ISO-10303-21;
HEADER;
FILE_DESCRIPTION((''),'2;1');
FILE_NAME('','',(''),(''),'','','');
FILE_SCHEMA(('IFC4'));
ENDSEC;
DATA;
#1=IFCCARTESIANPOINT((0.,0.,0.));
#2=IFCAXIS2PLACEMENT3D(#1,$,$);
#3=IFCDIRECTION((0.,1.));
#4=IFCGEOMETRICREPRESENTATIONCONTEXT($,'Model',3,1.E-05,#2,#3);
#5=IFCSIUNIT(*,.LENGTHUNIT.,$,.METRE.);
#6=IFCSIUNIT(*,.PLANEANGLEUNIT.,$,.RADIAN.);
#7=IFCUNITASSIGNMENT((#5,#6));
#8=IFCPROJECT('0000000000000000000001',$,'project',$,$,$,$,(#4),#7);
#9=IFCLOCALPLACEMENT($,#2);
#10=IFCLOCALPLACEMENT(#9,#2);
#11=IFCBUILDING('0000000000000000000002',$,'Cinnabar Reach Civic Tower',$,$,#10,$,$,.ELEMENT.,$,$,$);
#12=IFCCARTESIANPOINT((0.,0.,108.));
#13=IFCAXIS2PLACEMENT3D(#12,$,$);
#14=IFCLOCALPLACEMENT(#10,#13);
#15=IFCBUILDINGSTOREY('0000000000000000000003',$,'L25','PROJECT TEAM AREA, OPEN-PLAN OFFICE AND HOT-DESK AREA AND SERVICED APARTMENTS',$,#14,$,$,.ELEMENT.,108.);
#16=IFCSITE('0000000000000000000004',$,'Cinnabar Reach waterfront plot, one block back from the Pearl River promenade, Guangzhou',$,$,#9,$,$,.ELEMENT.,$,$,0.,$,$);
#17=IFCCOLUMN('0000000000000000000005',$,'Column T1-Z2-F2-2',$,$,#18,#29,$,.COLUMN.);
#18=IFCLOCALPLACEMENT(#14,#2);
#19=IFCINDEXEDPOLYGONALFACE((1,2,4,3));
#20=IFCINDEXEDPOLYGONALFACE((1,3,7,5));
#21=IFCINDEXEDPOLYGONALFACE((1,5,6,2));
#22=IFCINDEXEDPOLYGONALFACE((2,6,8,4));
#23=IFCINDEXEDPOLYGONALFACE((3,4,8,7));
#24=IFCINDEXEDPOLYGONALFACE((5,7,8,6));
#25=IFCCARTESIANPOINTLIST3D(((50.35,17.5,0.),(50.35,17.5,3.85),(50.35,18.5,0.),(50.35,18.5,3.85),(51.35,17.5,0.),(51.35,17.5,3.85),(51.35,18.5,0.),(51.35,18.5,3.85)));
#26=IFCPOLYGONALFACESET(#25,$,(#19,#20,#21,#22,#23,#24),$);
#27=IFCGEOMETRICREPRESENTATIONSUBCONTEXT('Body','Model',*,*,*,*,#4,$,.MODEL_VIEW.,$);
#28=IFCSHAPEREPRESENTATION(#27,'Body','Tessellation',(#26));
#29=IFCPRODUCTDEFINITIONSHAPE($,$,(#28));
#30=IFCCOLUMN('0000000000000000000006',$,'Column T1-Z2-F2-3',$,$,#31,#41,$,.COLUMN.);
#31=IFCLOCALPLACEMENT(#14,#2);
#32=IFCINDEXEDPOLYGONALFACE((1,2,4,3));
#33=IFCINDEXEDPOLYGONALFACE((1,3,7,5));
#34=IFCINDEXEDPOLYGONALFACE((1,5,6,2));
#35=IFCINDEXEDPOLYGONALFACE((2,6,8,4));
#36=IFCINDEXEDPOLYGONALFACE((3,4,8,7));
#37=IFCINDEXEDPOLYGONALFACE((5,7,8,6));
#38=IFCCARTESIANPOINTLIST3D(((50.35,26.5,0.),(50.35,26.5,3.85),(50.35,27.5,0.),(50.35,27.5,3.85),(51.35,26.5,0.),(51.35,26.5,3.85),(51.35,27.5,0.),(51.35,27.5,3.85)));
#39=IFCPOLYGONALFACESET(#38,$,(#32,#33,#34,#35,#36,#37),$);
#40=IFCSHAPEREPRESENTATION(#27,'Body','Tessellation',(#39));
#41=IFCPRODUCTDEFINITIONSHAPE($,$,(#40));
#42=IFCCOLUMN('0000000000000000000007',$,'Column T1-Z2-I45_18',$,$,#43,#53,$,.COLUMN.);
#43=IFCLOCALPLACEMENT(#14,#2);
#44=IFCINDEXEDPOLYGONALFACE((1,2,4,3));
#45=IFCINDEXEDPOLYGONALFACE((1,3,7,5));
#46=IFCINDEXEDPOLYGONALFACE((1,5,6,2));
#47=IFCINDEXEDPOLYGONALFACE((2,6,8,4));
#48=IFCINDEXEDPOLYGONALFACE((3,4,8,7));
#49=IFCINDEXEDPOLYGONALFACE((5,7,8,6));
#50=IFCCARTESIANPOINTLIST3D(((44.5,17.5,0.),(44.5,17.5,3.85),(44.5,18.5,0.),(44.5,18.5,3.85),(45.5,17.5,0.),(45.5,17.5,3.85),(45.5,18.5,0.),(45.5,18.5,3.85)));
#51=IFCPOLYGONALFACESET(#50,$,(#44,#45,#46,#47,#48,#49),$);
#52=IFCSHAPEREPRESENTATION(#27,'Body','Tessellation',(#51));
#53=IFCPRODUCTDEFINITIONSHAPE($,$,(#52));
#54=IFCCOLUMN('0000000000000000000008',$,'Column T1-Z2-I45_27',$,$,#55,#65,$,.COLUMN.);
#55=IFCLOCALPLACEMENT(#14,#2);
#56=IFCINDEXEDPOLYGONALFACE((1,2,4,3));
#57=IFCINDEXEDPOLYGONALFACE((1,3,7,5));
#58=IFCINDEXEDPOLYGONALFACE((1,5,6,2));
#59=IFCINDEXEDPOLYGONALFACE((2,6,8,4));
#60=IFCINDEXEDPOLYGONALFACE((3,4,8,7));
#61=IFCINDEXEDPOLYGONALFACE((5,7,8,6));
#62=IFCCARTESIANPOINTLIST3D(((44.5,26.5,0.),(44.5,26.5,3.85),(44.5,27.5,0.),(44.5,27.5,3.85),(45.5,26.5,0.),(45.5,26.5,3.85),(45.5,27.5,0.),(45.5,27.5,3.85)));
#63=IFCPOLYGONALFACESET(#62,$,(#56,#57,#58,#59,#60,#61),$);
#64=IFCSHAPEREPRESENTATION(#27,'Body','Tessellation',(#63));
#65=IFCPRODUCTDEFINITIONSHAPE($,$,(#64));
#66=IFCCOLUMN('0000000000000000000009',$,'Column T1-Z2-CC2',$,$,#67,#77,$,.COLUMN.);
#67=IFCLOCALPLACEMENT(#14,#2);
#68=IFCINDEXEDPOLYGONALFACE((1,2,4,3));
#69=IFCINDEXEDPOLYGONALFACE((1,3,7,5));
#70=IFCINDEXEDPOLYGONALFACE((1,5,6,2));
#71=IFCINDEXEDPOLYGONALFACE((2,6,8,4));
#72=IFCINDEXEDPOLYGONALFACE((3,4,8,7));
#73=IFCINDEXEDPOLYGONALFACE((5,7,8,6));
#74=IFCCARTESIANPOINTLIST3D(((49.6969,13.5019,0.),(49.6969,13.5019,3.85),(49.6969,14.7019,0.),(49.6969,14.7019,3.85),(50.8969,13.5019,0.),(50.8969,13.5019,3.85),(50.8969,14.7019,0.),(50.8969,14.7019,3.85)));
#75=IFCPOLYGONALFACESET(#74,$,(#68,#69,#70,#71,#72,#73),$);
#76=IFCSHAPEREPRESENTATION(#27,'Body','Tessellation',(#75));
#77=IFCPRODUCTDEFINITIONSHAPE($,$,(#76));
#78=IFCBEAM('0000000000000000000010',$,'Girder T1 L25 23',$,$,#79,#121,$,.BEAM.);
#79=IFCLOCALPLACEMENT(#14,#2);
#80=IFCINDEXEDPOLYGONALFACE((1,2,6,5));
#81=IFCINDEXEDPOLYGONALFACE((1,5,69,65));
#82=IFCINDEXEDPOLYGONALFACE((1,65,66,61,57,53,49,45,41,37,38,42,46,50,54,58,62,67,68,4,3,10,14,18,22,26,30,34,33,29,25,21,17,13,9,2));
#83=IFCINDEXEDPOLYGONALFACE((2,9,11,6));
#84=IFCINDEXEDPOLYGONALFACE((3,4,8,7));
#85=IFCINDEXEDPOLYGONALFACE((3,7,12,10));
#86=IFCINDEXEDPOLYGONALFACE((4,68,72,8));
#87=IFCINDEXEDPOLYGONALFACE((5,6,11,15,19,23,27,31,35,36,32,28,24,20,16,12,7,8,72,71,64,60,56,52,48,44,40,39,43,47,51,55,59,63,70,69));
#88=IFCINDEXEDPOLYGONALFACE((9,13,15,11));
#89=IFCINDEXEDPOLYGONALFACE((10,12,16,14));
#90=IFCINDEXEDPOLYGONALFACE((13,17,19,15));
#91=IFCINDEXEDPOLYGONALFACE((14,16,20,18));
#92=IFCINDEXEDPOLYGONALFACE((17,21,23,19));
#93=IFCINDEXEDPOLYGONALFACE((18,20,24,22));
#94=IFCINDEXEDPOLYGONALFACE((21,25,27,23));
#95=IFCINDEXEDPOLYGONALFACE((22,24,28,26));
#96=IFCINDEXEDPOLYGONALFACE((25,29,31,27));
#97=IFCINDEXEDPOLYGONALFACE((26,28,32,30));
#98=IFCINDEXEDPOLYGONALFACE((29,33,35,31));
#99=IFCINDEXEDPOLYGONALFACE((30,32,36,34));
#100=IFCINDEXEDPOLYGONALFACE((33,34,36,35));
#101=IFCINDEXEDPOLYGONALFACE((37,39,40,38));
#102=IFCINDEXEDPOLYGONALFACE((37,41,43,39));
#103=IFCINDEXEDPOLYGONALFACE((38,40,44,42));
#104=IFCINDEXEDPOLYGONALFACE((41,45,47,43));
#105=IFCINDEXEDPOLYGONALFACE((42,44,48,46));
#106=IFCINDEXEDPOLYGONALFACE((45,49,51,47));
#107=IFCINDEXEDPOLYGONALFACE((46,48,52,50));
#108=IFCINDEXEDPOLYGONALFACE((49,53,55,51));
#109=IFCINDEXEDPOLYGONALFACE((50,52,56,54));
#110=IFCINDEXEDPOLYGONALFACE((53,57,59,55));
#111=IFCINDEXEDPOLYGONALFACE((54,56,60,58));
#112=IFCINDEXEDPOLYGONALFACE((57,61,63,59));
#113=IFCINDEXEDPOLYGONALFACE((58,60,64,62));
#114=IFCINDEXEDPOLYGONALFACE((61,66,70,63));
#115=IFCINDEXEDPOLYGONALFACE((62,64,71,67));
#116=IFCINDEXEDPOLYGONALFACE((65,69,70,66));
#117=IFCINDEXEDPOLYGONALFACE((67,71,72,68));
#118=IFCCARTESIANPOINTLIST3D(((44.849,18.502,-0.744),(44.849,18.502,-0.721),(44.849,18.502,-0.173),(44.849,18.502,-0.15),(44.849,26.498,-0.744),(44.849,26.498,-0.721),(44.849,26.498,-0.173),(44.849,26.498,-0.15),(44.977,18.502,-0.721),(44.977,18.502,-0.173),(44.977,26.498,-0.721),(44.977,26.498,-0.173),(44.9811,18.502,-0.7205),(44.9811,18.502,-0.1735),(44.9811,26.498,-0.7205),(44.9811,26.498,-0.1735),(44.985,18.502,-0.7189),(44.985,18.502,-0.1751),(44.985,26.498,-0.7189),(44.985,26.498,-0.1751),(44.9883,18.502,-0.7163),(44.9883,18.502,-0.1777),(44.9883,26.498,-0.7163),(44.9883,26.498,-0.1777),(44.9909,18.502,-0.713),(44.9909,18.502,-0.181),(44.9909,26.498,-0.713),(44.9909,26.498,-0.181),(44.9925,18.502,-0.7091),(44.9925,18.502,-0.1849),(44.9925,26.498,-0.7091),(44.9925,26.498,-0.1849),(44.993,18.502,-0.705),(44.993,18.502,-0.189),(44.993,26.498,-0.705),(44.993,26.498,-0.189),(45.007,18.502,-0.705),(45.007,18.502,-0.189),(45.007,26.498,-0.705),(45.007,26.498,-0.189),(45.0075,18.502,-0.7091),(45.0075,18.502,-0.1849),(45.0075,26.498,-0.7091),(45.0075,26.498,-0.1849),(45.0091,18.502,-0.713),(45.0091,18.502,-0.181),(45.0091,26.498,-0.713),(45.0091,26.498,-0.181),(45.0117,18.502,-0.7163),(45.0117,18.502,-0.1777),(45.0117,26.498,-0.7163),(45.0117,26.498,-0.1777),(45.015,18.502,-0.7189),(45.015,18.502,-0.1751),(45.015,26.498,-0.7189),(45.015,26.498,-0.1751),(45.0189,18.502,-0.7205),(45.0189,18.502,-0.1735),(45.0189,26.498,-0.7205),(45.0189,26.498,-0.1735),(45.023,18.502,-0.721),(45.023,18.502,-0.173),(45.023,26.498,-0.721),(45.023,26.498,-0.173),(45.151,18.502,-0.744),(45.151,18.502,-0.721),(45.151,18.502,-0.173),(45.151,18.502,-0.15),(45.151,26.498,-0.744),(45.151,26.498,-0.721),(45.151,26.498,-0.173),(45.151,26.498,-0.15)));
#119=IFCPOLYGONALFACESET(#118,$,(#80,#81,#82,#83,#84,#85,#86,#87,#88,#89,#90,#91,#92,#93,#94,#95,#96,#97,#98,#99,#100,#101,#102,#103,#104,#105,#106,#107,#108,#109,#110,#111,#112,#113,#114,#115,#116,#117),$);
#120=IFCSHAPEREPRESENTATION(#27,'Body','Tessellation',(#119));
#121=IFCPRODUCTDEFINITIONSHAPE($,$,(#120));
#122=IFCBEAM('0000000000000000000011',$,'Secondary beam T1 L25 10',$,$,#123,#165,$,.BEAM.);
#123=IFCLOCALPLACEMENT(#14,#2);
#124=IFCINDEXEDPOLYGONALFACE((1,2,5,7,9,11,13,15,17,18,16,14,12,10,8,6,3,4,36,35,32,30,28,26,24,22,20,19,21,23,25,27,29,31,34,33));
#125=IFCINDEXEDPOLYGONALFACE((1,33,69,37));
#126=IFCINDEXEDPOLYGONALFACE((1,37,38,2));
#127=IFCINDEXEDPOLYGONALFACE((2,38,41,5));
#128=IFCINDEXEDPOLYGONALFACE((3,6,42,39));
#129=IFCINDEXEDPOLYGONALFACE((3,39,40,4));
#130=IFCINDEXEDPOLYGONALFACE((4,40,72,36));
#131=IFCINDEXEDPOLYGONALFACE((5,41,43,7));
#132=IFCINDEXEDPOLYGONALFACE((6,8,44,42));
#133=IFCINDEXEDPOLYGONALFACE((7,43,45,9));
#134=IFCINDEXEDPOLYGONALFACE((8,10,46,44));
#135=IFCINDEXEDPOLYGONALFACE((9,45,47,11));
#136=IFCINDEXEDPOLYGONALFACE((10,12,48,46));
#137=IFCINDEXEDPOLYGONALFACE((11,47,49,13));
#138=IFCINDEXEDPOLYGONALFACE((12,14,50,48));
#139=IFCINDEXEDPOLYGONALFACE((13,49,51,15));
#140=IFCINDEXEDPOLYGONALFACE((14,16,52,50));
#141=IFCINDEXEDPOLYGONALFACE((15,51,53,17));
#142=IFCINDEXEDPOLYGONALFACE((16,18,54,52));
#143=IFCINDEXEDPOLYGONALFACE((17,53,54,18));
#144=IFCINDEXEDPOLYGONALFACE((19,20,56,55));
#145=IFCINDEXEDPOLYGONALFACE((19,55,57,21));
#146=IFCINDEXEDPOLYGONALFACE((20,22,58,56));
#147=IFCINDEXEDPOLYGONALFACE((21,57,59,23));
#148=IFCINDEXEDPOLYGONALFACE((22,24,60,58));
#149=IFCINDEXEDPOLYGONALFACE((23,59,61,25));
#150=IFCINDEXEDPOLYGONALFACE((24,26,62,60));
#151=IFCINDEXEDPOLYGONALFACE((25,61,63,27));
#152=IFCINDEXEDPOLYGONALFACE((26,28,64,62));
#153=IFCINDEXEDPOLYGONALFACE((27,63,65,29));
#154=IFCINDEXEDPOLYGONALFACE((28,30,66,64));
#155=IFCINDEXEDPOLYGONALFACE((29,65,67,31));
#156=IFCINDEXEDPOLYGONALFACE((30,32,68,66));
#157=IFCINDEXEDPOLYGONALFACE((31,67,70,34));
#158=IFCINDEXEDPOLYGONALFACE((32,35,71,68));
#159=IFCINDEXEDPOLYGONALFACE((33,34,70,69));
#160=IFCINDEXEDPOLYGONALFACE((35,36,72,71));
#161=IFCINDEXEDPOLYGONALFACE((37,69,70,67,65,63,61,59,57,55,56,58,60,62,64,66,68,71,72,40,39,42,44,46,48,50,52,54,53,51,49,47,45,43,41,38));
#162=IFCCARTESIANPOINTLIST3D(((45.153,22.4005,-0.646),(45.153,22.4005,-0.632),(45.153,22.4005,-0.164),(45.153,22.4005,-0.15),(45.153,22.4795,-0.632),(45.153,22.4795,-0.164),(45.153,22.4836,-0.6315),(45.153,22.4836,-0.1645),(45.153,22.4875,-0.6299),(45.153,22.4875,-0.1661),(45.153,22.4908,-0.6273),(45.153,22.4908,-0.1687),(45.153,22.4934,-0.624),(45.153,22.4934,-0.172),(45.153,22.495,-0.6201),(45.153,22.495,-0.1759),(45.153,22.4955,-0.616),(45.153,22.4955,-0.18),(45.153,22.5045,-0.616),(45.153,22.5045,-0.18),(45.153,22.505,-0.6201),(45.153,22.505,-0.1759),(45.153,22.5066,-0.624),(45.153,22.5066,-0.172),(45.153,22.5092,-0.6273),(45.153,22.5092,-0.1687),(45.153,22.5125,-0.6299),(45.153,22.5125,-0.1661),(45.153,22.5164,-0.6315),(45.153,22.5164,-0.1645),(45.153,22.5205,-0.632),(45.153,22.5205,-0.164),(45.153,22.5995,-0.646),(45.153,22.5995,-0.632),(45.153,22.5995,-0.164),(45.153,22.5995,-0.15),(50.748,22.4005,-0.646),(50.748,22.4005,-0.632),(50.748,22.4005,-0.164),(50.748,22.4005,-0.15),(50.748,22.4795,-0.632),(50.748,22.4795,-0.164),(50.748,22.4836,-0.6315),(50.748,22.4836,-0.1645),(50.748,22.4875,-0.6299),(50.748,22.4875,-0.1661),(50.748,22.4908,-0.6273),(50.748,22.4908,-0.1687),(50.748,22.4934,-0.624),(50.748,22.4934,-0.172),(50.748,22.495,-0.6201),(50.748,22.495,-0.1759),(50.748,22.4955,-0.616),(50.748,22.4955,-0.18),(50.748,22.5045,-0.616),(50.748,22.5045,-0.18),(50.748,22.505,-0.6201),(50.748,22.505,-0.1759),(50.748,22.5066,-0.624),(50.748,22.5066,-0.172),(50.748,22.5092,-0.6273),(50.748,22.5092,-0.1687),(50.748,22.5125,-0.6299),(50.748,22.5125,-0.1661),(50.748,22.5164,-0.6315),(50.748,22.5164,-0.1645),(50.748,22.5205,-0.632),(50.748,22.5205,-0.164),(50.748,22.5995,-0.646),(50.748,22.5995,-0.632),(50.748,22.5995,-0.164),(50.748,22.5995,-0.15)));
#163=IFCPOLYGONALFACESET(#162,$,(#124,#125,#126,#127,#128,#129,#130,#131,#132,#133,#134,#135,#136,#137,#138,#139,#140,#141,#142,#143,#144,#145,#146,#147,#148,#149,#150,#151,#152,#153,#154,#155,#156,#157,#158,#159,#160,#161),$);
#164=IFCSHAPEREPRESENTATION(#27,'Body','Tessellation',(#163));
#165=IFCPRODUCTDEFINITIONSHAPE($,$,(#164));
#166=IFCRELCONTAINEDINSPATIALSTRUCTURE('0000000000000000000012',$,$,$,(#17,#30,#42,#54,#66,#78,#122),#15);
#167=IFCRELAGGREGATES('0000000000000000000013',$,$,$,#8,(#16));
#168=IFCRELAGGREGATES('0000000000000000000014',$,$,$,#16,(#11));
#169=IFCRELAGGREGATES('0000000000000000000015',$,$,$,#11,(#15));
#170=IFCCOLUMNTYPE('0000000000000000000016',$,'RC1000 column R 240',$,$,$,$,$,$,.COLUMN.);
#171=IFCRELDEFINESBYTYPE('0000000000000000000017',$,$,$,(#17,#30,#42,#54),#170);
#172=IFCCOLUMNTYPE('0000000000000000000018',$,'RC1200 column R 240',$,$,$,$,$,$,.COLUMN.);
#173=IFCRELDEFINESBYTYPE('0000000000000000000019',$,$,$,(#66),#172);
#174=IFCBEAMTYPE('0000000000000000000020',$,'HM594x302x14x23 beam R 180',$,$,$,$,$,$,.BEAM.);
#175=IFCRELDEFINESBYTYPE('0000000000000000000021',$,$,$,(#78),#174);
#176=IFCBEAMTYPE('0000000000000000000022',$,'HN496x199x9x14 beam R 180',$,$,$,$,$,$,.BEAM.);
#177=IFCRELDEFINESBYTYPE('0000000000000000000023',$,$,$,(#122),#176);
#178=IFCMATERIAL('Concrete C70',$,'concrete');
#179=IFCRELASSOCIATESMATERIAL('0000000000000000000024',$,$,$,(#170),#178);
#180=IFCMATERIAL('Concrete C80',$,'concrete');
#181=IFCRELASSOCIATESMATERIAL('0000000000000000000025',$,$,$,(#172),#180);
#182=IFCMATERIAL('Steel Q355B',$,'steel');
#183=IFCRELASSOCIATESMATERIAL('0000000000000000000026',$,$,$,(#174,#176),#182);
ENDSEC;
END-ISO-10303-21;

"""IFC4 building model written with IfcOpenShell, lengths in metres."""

from ifc_helpers import new_model, si_unit, direction, frame, origin, origin_2d, place, context, subcontext, project, spatial, rectangle, i_section, extrude, material, material_profile, profile_set, type_object, element, save


model = new_model("IFC4")

# Units and contexts
model_context = context("Model", 3, precision=1e-05, world=origin(), true_north=direction((0.0, 1.0)))
body_context = subcontext(model_context, "Body", "Model", "MODEL_VIEW")
ifc_project = project(units=[si_unit("LENGTHUNIT", "METRE"), si_unit("PLANEANGLEUNIT", "RADIAN")], contexts=[model_context])

# Site, building, storey
site_placement = place(None, origin())
site = spatial("IfcSite", under=ifc_project, at=site_placement, Name="Cinnabar Reach waterfront plot, one block back from the Pearl River promenade, Guangzhou", CompositionType="ELEMENT", RefElevation=0.0)
building_placement = place(site_placement, origin())
building = spatial("IfcBuilding", under=site, at=building_placement, Name="Cinnabar Reach Civic Tower", CompositionType="ELEMENT")
storey_placement = place(building_placement, frame((0.0, 0.0, 108.0)))
storey = spatial("IfcBuildingStorey", under=building, at=storey_placement, Name="L25", Description="PROJECT TEAM AREA, OPEN-PLAN OFFICE AND HOT-DESK AREA AND SERVICED APARTMENTS", CompositionType="ELEMENT", Elevation=108.0)

# Columns
ifc_material_1 = material(Name="Concrete C70", Category="concrete")
ifc_material_profile_1 = material_profile(ifc_material_1, rectangle(XDim=1.0, YDim=1.0, at=origin_2d()), Name="RC1000")
ifc_profile_set_1 = profile_set([ifc_material_profile_1], Name="Concrete C70")
column_type_1 = type_object("IfcColumnType", Name="RC1000 column R 240", PredefinedType="COLUMN", material=ifc_profile_set_1)
for number, where, z_axis, x_axis, name in (
    (1, (50.85, 18.0, 0.0), (0.0, 0.0, 1.0), (1.0, 0.0, 0.0), "Column T1-Z2-F2-2"),
    (2, (50.85, 27.0, 0.0), (0.0, 0.0, 1.0), (1.0, 0.0, 0.0), "Column T1-Z2-F2-3"),
    (3, (45.0, 18.0, 0.0), (0.0, 0.0, 1.0), (1.0, 0.0, 0.0), "Column T1-Z2-I45_18"),
    (4, (45.0, 27.0, 0.0), (0.0, 0.0, 1.0), (1.0, 0.0, 0.0), "Column T1-Z2-I45_27"),
):
    element("IfcColumn", number, at=place(storey_placement, frame(where, z_axis=z_axis, x_axis=x_axis)), inside=storey, type_object=column_type_1, Name=name, PredefinedType="COLUMN", context=body_context, shape_type="SweptSolid", body=[
        extrude(rectangle(XDim=1.0, YDim=1.0, at=origin_2d()), origin(), (0.0, 0.0, 1.0), 3.85),
    ])
ifc_material_2 = material(Name="Concrete C80", Category="concrete")
ifc_material_profile_2 = material_profile(ifc_material_2, rectangle(XDim=1.2, YDim=1.2, at=origin_2d()), Name="RC1200")
ifc_profile_set_2 = profile_set([ifc_material_profile_2], Name="Concrete C80")
column_type_2 = type_object("IfcColumnType", Name="RC1200 column R 240", PredefinedType="COLUMN", material=ifc_profile_set_2)
column_placement = place(storey_placement, frame((50.2969, 14.1019, 0.0), z_axis=(0.0, 0.0, 1.0), x_axis=(1.0, 0.0, 0.0)))
element("IfcColumn", 5, at=column_placement, inside=storey, type_object=column_type_2, Name="Column T1-Z2-CC2", PredefinedType="COLUMN", context=body_context, shape_type="SweptSolid", body=[
    extrude(rectangle(XDim=1.2, YDim=1.2, at=origin_2d()), origin(), (0.0, 0.0, 1.0), 3.85),
])

# Beams
ifc_material_3 = material(Name="Steel Q355B", Category="steel")
ifc_material_profile_3 = material_profile(ifc_material_3, i_section(OverallWidth=0.302, OverallDepth=0.594, WebThickness=0.014, FlangeThickness=0.023, FilletRadius=0.016, at=origin_2d()), Name="HM594x302x14x23")
ifc_profile_set_3 = profile_set([ifc_material_profile_3], Name="Steel Q355B")
beam_type_1 = type_object("IfcBeamType", Name="HM594x302x14x23 beam R 180", PredefinedType="BEAM", material=ifc_profile_set_3)
beam_1_placement = place(storey_placement, frame((45.0, 18.502, -0.447), z_axis=(0.0, 1.0, 0.0), x_axis=(-1.0, 0.0, 0.0)))
element("IfcBeam", 6, at=beam_1_placement, inside=storey, type_object=beam_type_1, Name="Girder T1 L25 23", PredefinedType="BEAM", context=body_context, shape_type="SweptSolid", body=[
    extrude(i_section(OverallWidth=0.302, OverallDepth=0.594, WebThickness=0.014, FlangeThickness=0.023, FilletRadius=0.016, at=origin_2d()), origin(), (0.0, 0.0, 1.0), 7.996),
])
ifc_material_profile_4 = material_profile(ifc_material_3, i_section(OverallWidth=0.199, OverallDepth=0.496, WebThickness=0.009, FlangeThickness=0.014, FilletRadius=0.016, at=origin_2d()), Name="HN496x199x9x14")
ifc_profile_set_4 = profile_set([ifc_material_profile_4], Name="Steel Q355B")
beam_type_2 = type_object("IfcBeamType", Name="HN496x199x9x14 beam R 180", PredefinedType="BEAM", material=ifc_profile_set_4)
beam_2_placement = place(storey_placement, frame((45.153, 22.5, -0.398), z_axis=(1.0, 0.0, 0.0), x_axis=(0.0, 1.0, 0.0)))
element("IfcBeam", 7, at=beam_2_placement, inside=storey, type_object=beam_type_2, Name="Secondary beam T1 L25 10", PredefinedType="BEAM", context=body_context, shape_type="SweptSolid", body=[
    extrude(i_section(OverallWidth=0.199, OverallDepth=0.496, WebThickness=0.009, FlangeThickness=0.014, FilletRadius=0.016, at=origin_2d()), origin(), (0.0, 0.0, 1.0), 5.595),
])

save(model, "model.ifc")
